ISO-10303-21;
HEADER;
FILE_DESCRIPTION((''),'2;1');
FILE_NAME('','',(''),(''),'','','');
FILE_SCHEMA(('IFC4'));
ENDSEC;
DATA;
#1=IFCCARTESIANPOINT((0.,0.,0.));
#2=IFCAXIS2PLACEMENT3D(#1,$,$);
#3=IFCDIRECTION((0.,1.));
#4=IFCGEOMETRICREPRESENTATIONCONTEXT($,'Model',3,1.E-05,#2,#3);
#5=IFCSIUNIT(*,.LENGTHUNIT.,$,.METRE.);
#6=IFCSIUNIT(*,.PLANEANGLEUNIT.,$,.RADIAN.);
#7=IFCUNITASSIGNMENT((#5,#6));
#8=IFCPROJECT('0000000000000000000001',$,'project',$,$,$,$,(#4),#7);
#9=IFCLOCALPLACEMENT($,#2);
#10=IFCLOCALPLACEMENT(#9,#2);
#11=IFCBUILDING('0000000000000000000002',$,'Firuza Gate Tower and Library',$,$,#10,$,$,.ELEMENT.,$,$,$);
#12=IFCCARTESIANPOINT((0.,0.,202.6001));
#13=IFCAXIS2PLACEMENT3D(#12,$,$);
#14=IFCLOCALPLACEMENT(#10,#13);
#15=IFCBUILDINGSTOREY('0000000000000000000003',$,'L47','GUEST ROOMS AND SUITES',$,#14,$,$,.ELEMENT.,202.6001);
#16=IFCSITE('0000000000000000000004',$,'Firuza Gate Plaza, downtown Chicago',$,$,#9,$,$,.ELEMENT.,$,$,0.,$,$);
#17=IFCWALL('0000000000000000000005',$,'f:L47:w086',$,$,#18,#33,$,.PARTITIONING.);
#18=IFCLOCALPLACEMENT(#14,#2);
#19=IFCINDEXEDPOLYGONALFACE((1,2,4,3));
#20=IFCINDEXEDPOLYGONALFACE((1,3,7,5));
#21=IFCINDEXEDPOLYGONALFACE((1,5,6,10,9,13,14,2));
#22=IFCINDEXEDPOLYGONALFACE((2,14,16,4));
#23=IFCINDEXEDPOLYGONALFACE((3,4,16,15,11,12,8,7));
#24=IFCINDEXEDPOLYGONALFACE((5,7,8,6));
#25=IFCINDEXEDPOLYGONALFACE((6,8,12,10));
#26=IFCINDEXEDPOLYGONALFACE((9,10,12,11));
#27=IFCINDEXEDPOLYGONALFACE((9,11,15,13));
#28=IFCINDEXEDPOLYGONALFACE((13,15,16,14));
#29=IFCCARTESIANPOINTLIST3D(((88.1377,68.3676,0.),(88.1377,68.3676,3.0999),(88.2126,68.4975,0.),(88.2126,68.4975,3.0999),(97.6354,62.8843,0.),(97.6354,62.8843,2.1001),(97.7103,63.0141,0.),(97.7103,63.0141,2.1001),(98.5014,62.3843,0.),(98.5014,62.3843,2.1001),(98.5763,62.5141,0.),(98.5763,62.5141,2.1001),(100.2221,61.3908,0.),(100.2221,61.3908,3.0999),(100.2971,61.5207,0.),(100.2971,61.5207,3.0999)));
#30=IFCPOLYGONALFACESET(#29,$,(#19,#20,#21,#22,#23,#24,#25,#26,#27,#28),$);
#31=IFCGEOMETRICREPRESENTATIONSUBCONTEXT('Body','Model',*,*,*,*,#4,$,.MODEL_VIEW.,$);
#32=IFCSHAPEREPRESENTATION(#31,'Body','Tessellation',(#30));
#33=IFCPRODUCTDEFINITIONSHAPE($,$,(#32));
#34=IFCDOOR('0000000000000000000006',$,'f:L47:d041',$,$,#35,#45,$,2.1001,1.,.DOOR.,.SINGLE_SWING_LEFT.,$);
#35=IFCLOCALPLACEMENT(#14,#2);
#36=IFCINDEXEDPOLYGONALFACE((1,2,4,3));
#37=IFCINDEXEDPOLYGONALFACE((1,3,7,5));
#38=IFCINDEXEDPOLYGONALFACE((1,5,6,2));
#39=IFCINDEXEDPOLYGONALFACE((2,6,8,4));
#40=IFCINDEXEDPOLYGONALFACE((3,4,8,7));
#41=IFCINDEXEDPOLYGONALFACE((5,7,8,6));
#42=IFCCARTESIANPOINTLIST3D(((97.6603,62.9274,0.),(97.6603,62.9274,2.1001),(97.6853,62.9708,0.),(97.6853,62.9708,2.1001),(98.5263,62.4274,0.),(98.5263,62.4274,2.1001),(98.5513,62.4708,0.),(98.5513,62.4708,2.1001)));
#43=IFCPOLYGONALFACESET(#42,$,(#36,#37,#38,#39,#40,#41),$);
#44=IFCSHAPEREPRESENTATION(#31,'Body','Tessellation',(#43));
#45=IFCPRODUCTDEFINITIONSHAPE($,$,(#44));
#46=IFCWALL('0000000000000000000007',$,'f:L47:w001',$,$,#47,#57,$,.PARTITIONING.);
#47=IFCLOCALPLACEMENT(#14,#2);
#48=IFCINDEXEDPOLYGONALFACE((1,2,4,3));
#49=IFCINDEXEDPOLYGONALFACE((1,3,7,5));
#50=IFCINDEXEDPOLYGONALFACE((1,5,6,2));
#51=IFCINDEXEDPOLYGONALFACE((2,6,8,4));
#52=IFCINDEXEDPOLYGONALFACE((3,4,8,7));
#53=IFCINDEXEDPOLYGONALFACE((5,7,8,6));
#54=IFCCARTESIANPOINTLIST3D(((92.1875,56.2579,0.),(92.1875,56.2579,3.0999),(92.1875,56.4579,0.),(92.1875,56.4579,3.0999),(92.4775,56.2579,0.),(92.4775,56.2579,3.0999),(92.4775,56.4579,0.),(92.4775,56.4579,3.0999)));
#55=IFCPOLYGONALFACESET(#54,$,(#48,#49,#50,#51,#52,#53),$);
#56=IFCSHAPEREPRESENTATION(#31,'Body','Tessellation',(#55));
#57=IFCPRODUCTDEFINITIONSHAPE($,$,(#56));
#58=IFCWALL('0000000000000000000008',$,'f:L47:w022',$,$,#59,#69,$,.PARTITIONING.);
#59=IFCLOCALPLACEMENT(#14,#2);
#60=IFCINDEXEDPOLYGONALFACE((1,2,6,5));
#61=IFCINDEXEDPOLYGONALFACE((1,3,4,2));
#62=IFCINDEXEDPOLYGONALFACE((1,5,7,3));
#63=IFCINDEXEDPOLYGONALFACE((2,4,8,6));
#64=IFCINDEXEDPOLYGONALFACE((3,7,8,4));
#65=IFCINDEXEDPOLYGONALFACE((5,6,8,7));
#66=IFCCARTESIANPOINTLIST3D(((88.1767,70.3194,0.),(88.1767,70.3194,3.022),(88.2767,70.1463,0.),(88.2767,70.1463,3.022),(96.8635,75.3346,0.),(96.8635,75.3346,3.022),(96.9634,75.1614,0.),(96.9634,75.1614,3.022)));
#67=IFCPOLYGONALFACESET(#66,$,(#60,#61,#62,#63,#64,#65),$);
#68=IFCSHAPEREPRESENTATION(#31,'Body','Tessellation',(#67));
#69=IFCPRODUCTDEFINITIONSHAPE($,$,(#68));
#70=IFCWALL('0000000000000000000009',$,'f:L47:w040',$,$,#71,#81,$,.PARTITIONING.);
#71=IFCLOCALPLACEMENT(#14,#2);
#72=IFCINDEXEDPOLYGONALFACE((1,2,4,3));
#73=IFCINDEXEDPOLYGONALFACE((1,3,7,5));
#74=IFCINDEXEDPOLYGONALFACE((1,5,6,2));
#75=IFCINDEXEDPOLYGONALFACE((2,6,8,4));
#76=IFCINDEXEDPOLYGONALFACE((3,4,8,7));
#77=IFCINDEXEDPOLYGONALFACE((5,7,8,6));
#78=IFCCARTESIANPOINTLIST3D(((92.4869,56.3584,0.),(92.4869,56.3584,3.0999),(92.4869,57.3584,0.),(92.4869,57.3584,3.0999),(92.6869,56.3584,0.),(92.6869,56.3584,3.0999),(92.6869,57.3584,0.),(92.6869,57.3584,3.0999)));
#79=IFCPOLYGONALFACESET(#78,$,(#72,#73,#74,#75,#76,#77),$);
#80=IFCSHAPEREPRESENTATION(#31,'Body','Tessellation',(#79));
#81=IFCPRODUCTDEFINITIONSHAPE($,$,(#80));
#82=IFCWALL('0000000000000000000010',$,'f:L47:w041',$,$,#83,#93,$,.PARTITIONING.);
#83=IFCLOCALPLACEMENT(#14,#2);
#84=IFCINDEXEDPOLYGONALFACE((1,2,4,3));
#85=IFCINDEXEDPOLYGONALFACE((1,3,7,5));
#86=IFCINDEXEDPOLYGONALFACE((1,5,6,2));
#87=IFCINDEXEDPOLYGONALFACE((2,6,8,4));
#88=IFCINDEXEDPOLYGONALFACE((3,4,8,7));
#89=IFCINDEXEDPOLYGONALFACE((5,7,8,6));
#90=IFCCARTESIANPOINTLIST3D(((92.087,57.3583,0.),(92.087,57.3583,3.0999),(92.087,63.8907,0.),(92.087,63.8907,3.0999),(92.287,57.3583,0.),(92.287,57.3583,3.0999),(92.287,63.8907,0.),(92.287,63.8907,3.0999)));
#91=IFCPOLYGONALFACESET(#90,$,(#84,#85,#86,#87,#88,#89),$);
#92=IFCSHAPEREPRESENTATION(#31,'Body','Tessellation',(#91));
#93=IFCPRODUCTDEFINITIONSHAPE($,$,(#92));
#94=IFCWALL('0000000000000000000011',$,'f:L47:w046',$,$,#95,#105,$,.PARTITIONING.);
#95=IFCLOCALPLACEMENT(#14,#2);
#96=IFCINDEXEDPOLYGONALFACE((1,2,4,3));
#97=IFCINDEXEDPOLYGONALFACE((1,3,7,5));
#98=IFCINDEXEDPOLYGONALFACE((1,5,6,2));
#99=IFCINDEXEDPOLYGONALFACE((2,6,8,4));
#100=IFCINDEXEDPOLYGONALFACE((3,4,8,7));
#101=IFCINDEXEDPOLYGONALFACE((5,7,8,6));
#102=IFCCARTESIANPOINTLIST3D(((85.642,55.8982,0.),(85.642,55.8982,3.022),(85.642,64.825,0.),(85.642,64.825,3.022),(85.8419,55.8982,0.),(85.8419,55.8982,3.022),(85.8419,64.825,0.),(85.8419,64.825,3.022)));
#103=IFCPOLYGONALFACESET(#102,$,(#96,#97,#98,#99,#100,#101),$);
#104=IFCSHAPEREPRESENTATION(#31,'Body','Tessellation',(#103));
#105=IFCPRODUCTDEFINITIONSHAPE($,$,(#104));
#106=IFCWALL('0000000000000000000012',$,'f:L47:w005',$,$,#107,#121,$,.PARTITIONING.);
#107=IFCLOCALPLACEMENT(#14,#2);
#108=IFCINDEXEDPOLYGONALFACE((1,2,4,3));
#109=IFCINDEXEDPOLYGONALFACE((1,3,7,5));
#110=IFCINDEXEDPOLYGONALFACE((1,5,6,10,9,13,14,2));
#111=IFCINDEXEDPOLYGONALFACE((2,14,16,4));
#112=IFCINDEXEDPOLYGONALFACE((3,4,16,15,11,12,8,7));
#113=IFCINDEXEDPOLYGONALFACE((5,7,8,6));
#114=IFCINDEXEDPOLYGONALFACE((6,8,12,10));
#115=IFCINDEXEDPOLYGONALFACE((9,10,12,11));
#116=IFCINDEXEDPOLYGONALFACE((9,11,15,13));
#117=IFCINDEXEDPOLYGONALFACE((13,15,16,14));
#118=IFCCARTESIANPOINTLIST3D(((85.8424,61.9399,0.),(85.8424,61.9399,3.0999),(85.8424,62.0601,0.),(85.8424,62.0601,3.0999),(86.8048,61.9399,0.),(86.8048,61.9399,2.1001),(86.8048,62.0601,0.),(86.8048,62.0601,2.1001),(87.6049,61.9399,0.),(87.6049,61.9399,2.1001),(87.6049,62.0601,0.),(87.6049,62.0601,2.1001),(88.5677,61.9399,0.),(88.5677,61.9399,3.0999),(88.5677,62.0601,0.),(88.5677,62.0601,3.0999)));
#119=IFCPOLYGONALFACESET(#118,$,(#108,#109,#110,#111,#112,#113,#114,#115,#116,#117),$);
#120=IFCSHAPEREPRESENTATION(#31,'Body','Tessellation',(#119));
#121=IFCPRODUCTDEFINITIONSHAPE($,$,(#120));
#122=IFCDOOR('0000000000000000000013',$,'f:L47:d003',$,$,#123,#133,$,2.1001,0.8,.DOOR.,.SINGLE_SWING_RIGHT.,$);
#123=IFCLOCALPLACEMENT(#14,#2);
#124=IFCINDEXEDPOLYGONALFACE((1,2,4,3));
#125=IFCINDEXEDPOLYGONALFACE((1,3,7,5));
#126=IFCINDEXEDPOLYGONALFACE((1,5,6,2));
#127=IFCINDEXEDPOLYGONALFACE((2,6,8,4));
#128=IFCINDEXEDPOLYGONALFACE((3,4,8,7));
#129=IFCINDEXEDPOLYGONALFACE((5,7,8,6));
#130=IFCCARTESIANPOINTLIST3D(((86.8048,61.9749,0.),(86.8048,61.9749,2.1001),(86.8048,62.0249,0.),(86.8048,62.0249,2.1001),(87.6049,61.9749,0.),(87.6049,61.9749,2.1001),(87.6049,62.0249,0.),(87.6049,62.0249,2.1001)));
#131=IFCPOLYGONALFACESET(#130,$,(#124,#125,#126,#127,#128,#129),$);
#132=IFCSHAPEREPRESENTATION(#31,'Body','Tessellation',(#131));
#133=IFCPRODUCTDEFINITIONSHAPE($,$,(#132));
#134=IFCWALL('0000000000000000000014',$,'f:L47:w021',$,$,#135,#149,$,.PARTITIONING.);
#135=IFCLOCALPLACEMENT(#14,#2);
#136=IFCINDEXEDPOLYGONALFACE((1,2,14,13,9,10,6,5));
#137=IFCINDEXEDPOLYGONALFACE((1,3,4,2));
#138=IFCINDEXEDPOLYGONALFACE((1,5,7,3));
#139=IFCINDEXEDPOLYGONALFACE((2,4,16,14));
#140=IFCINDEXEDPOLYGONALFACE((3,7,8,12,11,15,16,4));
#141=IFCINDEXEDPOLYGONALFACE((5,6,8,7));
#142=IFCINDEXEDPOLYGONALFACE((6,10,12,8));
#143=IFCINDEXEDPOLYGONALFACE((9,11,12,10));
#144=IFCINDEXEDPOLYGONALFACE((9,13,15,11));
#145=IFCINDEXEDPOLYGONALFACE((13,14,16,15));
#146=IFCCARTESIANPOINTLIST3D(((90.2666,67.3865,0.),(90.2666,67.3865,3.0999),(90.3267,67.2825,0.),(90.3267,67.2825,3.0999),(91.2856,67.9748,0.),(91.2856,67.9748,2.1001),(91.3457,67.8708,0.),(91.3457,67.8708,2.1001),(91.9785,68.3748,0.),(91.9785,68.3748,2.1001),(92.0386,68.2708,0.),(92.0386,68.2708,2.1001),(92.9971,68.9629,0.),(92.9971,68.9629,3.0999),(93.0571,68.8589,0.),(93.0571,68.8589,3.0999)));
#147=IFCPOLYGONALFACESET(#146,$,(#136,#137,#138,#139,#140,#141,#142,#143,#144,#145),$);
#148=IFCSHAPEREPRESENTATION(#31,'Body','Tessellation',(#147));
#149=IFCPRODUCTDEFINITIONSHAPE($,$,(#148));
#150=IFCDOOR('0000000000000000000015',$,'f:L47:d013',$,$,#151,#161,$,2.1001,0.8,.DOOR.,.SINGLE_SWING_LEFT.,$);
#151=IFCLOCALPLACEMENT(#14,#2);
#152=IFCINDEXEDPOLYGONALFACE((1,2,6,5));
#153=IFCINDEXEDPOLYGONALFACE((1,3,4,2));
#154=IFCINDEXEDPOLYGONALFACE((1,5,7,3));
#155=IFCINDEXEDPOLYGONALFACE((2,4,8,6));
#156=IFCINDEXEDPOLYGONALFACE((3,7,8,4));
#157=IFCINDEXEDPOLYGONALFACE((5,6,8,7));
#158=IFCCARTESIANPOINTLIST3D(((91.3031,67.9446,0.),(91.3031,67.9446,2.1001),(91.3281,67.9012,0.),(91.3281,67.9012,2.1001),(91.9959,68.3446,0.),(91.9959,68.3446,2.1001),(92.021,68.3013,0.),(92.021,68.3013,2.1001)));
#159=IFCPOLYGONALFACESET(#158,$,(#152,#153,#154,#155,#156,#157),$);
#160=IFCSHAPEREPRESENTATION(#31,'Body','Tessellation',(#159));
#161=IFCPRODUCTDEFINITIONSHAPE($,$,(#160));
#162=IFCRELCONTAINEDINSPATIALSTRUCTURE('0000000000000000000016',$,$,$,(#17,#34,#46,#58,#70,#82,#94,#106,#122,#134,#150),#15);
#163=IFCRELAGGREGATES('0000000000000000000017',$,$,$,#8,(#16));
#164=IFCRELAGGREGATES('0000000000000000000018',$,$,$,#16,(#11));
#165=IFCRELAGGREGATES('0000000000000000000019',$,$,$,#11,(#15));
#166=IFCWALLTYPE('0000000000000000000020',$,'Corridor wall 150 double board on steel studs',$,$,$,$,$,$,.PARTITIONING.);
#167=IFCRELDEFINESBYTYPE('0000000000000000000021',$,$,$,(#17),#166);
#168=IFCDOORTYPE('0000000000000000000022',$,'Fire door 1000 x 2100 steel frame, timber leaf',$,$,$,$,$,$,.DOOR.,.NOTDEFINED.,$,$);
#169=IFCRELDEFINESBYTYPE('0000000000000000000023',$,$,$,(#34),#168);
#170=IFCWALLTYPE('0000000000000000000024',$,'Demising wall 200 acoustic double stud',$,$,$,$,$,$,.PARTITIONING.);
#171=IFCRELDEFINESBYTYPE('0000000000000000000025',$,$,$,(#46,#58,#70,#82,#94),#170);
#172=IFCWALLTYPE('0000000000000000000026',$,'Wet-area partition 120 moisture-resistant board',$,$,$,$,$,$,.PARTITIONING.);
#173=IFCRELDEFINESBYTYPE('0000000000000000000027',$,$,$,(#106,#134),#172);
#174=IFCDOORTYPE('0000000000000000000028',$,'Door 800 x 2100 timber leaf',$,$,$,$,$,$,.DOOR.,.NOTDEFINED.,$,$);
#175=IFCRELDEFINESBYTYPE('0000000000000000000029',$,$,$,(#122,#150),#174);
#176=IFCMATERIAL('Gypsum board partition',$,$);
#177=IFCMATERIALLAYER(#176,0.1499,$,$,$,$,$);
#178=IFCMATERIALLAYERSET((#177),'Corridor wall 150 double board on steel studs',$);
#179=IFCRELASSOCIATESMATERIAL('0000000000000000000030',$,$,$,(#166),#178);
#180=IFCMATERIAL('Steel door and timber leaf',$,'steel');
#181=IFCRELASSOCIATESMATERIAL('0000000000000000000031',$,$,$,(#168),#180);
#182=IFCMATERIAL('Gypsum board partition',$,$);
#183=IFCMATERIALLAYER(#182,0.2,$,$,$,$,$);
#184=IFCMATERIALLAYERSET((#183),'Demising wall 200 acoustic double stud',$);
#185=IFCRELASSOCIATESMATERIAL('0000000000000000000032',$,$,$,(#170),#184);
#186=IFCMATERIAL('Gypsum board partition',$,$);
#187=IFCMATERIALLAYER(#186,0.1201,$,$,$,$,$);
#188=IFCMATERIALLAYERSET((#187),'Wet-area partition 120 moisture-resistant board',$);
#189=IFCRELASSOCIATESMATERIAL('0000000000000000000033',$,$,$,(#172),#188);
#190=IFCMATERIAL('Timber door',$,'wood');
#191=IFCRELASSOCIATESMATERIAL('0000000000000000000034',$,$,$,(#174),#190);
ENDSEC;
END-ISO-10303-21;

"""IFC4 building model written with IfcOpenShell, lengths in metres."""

from ifc_helpers import new_model, si_unit, direction, frame, frame_2d, origin, place, context, subcontext, project, spatial, rectangle, extrude, material, layer, layer_set, type_object, element, fill, save


model = new_model("IFC4")

# Units and contexts
model_context = context("Model", 3, precision=1e-05, world=origin(), true_north=direction((0.0, 1.0)))
body_context = subcontext(model_context, "Body", "Model", "MODEL_VIEW")
ifc_project = project(units=[si_unit("LENGTHUNIT", "METRE"), si_unit("PLANEANGLEUNIT", "RADIAN")], contexts=[model_context])

# Site, building, storey
site_placement = place(None, origin())
site = spatial("IfcSite", under=ifc_project, at=site_placement, Name="Firuza Gate Plaza, downtown Chicago", CompositionType="ELEMENT", RefElevation=0.0)
building_placement = place(site_placement, origin())
building = spatial("IfcBuilding", under=site, at=building_placement, Name="Firuza Gate Tower and Library", CompositionType="ELEMENT")
storey_placement = place(building_placement, frame((0.0, 0.0, 202.6001)))
storey = spatial("IfcBuildingStorey", under=building, at=storey_placement, Name="L47", Description="GUEST ROOMS AND SUITES", CompositionType="ELEMENT", Elevation=202.6001)

# Shared definitions
ifc_material_1 = material(Name="Gypsum board partition")
ifc_layer_1 = layer(ifc_material_1, 0.1499)
ifc_layer_set_1 = layer_set([ifc_layer_1], Name="Corridor wall 150 double board on steel studs")
wall_type_1 = type_object("IfcWallType", Name="Corridor wall 150 double board on steel studs", PredefinedType="PARTITIONING", material=ifc_layer_set_1)
ifc_material_2 = material(Name="Steel door and timber leaf", Category="steel")
door_type_1 = type_object("IfcDoorType", Name="Fire door 1000 x 2100 steel frame, timber leaf", OperationType="NOTDEFINED", PredefinedType="DOOR", material=ifc_material_2)

# Wall, opening, door
wall_1_placement = place(storey_placement, frame((88.175, 68.4326, 0.0), z_axis=(0.0, 0.0, 1.0), x_axis=(0.866031, -0.499991, 0.0)))
wall_1 = element("IfcWall", 1, at=wall_1_placement, inside=storey, type_object=wall_type_1, Name="f:L47:w086", PredefinedType="PARTITIONING", context=body_context, shape_type="SweptSolid", body=[
    extrude(rectangle(XDim=13.9539, YDim=0.1499, at=frame_2d((6.9771, 0.0))), origin(), (0.0, 0.0, 1.0), 3.0999),
])
opening_1_placement = place(wall_1_placement, frame((10.967, 0.0, 0.0)))
opening_1 = element("IfcOpeningElement", 2, at=opening_1_placement, cuts=wall_1, PredefinedType="OPENING", context=body_context, shape_type="SweptSolid", body=[
    extrude(rectangle(XDim=1.0, YDim=2.1001, at=frame_2d((0.5, 1.05))), frame((0.0, 0.085, 0.0), z_axis=(0.0, -1.0, 0.0), x_axis=(1.0, 0.0, 0.0)), (0.0, 0.0, 1.0), 0.1699),
])
door_1_placement = place(opening_1_placement, origin())
door_1 = element("IfcDoor", 3, at=door_1_placement, inside=storey, type_object=door_type_1, Name="f:L47:d041", OperationType="SINGLE_SWING_LEFT", OverallHeight=2.1001, OverallWidth=1.0, PredefinedType="DOOR", context=body_context, shape_type="SweptSolid", body=[
    extrude(rectangle(XDim=1.0, YDim=2.1001, at=frame_2d((0.5, 1.05))), frame((0.0, 0.0249, 0.0), z_axis=(0.0, -1.0, 0.0), x_axis=(1.0, 0.0, 0.0)), (0.0, 0.0, 1.0), 0.05),
])
fill(opening_1, door_1)

# Walls
ifc_material_3 = material(Name="Gypsum board partition")
ifc_layer_2 = layer(ifc_material_3, 0.2)
ifc_layer_set_2 = layer_set([ifc_layer_2], Name="Demising wall 200 acoustic double stud")
wall_type_2 = type_object("IfcWallType", Name="Demising wall 200 acoustic double stud", PredefinedType="PARTITIONING", material=ifc_layer_set_2)
wall_2_placement = place(storey_placement, frame((92.1875, 56.3579, 0.0), z_axis=(0.0, 0.0, 1.0), x_axis=(1.0, 0.0, 0.0)))
element("IfcWall", 4, at=wall_2_placement, inside=storey, type_object=wall_type_2, Name="f:L47:w001", PredefinedType="PARTITIONING", context=body_context, shape_type="SweptSolid", body=[
    extrude(rectangle(XDim=0.29, YDim=0.2, at=frame_2d((0.145, 0.0))), origin(), (0.0, 0.0, 1.0), 3.0999),
])
wall_3_placement = place(storey_placement, frame((88.2268, 70.2329, 0.0), z_axis=(0.0, 0.0, 1.0), x_axis=(0.866033, 0.499987, 0.0)))
element("IfcWall", 5, at=wall_3_placement, inside=storey, type_object=wall_type_2, Name="f:L47:w022", PredefinedType="PARTITIONING", context=body_context, shape_type="SweptSolid", body=[
    extrude(rectangle(XDim=10.0305, YDim=0.2, at=frame_2d((5.0151, 0.0))), origin(), (0.0, 0.0, 1.0), 3.022),
])
wall_4_placement = place(storey_placement, frame((92.5869, 56.3584, 0.0), z_axis=(0.0, 0.0, 1.0), x_axis=(0.0, 1.0, 0.0)))
element("IfcWall", 6, at=wall_4_placement, inside=storey, type_object=wall_type_2, Name="f:L47:w040", PredefinedType="PARTITIONING", context=body_context, shape_type="SweptSolid", body=[
    extrude(rectangle(XDim=1.0, YDim=0.2, at=frame_2d((0.5, 0.0))), origin(), (0.0, 0.0, 1.0), 3.0999),
])
wall_5_placement = place(storey_placement, frame((92.187, 57.3584, 0.0), z_axis=(0.0, 0.0, 1.0), x_axis=(0.0, 1.0, 0.0)))
element("IfcWall", 7, at=wall_5_placement, inside=storey, type_object=wall_type_2, Name="f:L47:w041", PredefinedType="PARTITIONING", context=body_context, shape_type="SweptSolid", body=[
    extrude(rectangle(XDim=6.5325, YDim=0.2, at=frame_2d((3.2661, 0.0))), origin(), (0.0, 0.0, 1.0), 3.0999),
])
wall_6_placement = place(storey_placement, frame((85.7419, 55.8982, 0.0), z_axis=(0.0, 0.0, 1.0), x_axis=(0.0, 1.0, 0.0)))
element("IfcWall", 8, at=wall_6_placement, inside=storey, type_object=wall_type_2, Name="f:L47:w046", PredefinedType="PARTITIONING", context=body_context, shape_type="SweptSolid", body=[
    extrude(rectangle(XDim=8.9268, YDim=0.2, at=frame_2d((4.4634, 0.0))), origin(), (0.0, 0.0, 1.0), 3.022),
])

# Walls, openings, doors
ifc_material_4 = material(Name="Gypsum board partition")
ifc_layer_3 = layer(ifc_material_4, 0.1201)
ifc_layer_set_3 = layer_set([ifc_layer_3], Name="Wet-area partition 120 moisture-resistant board")
wall_type_3 = type_object("IfcWallType", Name="Wet-area partition 120 moisture-resistant board", PredefinedType="PARTITIONING", material=ifc_layer_set_3)
wall_7_placement = place(storey_placement, frame((85.8423, 62.0, 0.0), z_axis=(0.0, 0.0, 1.0), x_axis=(1.0, 0.0, 0.0)))
wall_7 = element("IfcWall", 9, at=wall_7_placement, inside=storey, type_object=wall_type_3, Name="f:L47:w005", PredefinedType="PARTITIONING", context=body_context, shape_type="SweptSolid", body=[
    extrude(rectangle(XDim=2.7253, YDim=0.1201, at=frame_2d((1.3628, 0.0))), origin(), (0.0, 0.0, 1.0), 3.0999),
])
opening_2_placement = place(wall_7_placement, frame((0.9626, 0.0, 0.0)))
opening_2 = element("IfcOpeningElement", 10, at=opening_2_placement, cuts=wall_7, PredefinedType="OPENING", context=body_context, shape_type="SweptSolid", body=[
    extrude(rectangle(XDim=0.8, YDim=2.1001, at=frame_2d((0.3999, 1.05))), frame((0.0, 0.0701, 0.0), z_axis=(0.0, -1.0, 0.0), x_axis=(1.0, 0.0, 0.0)), (0.0, 0.0, 1.0), 0.1401),
])
ifc_material_5 = material(Name="Timber door", Category="wood")
door_type_2 = type_object("IfcDoorType", Name="Door 800 x 2100 timber leaf", OperationType="NOTDEFINED", PredefinedType="DOOR", material=ifc_material_5)
door_2_placement = place(opening_2_placement, origin())
door_2 = element("IfcDoor", 11, at=door_2_placement, inside=storey, type_object=door_type_2, Name="f:L47:d003", OperationType="SINGLE_SWING_RIGHT", OverallHeight=2.1001, OverallWidth=0.8, PredefinedType="DOOR", context=body_context, shape_type="SweptSolid", body=[
    extrude(rectangle(XDim=0.8, YDim=2.1001, at=frame_2d((0.3999, 1.05))), frame((0.0, 0.0249, 0.0), z_axis=(0.0, -1.0, 0.0), x_axis=(1.0, 0.0, 0.0)), (0.0, 0.0, 1.0), 0.05),
])
fill(opening_2, door_2)
wall_8_placement = place(storey_placement, frame((93.0271, 68.9109, 0.0), z_axis=(0.0, 0.0, 1.0), x_axis=(-0.866028, -0.499995, 0.0)))
wall_8 = element("IfcWall", 12, at=wall_8_placement, inside=storey, type_object=wall_type_3, Name="f:L47:w021", PredefinedType="PARTITIONING", context=body_context, shape_type="SweptSolid", body=[
    extrude(rectangle(XDim=3.1528, YDim=0.1201, at=frame_2d((1.5764, 0.0))), origin(), (0.0, 0.0, 1.0), 3.0999),
])
opening_3_placement = place(wall_8_placement, frame((1.1763, 0.0, 0.0)))
opening_3 = element("IfcOpeningElement", 13, at=opening_3_placement, cuts=wall_8, PredefinedType="OPENING", context=body_context, shape_type="SweptSolid", body=[
    extrude(rectangle(XDim=0.8, YDim=2.1001, at=frame_2d((0.3999, 1.05))), frame((0.0, 0.0701, 0.0), z_axis=(0.0, -1.0, 0.0), x_axis=(1.0, 0.0, 0.0)), (0.0, 0.0, 1.0), 0.1401),
])
door_3_placement = place(opening_3_placement, origin())
door_3 = element("IfcDoor", 14, at=door_3_placement, inside=storey, type_object=door_type_2, Name="f:L47:d013", OperationType="SINGLE_SWING_LEFT", OverallHeight=2.1001, OverallWidth=0.8, PredefinedType="DOOR", context=body_context, shape_type="SweptSolid", body=[
    extrude(rectangle(XDim=0.8, YDim=2.1001, at=frame_2d((0.3999, 1.05))), frame((0.0, 0.0249, 0.0), z_axis=(0.0, -1.0, 0.0), x_axis=(1.0, 0.0, 0.0)), (0.0, 0.0, 1.0), 0.05),
])
fill(opening_3, door_3)

save(model, "model.ifc")
